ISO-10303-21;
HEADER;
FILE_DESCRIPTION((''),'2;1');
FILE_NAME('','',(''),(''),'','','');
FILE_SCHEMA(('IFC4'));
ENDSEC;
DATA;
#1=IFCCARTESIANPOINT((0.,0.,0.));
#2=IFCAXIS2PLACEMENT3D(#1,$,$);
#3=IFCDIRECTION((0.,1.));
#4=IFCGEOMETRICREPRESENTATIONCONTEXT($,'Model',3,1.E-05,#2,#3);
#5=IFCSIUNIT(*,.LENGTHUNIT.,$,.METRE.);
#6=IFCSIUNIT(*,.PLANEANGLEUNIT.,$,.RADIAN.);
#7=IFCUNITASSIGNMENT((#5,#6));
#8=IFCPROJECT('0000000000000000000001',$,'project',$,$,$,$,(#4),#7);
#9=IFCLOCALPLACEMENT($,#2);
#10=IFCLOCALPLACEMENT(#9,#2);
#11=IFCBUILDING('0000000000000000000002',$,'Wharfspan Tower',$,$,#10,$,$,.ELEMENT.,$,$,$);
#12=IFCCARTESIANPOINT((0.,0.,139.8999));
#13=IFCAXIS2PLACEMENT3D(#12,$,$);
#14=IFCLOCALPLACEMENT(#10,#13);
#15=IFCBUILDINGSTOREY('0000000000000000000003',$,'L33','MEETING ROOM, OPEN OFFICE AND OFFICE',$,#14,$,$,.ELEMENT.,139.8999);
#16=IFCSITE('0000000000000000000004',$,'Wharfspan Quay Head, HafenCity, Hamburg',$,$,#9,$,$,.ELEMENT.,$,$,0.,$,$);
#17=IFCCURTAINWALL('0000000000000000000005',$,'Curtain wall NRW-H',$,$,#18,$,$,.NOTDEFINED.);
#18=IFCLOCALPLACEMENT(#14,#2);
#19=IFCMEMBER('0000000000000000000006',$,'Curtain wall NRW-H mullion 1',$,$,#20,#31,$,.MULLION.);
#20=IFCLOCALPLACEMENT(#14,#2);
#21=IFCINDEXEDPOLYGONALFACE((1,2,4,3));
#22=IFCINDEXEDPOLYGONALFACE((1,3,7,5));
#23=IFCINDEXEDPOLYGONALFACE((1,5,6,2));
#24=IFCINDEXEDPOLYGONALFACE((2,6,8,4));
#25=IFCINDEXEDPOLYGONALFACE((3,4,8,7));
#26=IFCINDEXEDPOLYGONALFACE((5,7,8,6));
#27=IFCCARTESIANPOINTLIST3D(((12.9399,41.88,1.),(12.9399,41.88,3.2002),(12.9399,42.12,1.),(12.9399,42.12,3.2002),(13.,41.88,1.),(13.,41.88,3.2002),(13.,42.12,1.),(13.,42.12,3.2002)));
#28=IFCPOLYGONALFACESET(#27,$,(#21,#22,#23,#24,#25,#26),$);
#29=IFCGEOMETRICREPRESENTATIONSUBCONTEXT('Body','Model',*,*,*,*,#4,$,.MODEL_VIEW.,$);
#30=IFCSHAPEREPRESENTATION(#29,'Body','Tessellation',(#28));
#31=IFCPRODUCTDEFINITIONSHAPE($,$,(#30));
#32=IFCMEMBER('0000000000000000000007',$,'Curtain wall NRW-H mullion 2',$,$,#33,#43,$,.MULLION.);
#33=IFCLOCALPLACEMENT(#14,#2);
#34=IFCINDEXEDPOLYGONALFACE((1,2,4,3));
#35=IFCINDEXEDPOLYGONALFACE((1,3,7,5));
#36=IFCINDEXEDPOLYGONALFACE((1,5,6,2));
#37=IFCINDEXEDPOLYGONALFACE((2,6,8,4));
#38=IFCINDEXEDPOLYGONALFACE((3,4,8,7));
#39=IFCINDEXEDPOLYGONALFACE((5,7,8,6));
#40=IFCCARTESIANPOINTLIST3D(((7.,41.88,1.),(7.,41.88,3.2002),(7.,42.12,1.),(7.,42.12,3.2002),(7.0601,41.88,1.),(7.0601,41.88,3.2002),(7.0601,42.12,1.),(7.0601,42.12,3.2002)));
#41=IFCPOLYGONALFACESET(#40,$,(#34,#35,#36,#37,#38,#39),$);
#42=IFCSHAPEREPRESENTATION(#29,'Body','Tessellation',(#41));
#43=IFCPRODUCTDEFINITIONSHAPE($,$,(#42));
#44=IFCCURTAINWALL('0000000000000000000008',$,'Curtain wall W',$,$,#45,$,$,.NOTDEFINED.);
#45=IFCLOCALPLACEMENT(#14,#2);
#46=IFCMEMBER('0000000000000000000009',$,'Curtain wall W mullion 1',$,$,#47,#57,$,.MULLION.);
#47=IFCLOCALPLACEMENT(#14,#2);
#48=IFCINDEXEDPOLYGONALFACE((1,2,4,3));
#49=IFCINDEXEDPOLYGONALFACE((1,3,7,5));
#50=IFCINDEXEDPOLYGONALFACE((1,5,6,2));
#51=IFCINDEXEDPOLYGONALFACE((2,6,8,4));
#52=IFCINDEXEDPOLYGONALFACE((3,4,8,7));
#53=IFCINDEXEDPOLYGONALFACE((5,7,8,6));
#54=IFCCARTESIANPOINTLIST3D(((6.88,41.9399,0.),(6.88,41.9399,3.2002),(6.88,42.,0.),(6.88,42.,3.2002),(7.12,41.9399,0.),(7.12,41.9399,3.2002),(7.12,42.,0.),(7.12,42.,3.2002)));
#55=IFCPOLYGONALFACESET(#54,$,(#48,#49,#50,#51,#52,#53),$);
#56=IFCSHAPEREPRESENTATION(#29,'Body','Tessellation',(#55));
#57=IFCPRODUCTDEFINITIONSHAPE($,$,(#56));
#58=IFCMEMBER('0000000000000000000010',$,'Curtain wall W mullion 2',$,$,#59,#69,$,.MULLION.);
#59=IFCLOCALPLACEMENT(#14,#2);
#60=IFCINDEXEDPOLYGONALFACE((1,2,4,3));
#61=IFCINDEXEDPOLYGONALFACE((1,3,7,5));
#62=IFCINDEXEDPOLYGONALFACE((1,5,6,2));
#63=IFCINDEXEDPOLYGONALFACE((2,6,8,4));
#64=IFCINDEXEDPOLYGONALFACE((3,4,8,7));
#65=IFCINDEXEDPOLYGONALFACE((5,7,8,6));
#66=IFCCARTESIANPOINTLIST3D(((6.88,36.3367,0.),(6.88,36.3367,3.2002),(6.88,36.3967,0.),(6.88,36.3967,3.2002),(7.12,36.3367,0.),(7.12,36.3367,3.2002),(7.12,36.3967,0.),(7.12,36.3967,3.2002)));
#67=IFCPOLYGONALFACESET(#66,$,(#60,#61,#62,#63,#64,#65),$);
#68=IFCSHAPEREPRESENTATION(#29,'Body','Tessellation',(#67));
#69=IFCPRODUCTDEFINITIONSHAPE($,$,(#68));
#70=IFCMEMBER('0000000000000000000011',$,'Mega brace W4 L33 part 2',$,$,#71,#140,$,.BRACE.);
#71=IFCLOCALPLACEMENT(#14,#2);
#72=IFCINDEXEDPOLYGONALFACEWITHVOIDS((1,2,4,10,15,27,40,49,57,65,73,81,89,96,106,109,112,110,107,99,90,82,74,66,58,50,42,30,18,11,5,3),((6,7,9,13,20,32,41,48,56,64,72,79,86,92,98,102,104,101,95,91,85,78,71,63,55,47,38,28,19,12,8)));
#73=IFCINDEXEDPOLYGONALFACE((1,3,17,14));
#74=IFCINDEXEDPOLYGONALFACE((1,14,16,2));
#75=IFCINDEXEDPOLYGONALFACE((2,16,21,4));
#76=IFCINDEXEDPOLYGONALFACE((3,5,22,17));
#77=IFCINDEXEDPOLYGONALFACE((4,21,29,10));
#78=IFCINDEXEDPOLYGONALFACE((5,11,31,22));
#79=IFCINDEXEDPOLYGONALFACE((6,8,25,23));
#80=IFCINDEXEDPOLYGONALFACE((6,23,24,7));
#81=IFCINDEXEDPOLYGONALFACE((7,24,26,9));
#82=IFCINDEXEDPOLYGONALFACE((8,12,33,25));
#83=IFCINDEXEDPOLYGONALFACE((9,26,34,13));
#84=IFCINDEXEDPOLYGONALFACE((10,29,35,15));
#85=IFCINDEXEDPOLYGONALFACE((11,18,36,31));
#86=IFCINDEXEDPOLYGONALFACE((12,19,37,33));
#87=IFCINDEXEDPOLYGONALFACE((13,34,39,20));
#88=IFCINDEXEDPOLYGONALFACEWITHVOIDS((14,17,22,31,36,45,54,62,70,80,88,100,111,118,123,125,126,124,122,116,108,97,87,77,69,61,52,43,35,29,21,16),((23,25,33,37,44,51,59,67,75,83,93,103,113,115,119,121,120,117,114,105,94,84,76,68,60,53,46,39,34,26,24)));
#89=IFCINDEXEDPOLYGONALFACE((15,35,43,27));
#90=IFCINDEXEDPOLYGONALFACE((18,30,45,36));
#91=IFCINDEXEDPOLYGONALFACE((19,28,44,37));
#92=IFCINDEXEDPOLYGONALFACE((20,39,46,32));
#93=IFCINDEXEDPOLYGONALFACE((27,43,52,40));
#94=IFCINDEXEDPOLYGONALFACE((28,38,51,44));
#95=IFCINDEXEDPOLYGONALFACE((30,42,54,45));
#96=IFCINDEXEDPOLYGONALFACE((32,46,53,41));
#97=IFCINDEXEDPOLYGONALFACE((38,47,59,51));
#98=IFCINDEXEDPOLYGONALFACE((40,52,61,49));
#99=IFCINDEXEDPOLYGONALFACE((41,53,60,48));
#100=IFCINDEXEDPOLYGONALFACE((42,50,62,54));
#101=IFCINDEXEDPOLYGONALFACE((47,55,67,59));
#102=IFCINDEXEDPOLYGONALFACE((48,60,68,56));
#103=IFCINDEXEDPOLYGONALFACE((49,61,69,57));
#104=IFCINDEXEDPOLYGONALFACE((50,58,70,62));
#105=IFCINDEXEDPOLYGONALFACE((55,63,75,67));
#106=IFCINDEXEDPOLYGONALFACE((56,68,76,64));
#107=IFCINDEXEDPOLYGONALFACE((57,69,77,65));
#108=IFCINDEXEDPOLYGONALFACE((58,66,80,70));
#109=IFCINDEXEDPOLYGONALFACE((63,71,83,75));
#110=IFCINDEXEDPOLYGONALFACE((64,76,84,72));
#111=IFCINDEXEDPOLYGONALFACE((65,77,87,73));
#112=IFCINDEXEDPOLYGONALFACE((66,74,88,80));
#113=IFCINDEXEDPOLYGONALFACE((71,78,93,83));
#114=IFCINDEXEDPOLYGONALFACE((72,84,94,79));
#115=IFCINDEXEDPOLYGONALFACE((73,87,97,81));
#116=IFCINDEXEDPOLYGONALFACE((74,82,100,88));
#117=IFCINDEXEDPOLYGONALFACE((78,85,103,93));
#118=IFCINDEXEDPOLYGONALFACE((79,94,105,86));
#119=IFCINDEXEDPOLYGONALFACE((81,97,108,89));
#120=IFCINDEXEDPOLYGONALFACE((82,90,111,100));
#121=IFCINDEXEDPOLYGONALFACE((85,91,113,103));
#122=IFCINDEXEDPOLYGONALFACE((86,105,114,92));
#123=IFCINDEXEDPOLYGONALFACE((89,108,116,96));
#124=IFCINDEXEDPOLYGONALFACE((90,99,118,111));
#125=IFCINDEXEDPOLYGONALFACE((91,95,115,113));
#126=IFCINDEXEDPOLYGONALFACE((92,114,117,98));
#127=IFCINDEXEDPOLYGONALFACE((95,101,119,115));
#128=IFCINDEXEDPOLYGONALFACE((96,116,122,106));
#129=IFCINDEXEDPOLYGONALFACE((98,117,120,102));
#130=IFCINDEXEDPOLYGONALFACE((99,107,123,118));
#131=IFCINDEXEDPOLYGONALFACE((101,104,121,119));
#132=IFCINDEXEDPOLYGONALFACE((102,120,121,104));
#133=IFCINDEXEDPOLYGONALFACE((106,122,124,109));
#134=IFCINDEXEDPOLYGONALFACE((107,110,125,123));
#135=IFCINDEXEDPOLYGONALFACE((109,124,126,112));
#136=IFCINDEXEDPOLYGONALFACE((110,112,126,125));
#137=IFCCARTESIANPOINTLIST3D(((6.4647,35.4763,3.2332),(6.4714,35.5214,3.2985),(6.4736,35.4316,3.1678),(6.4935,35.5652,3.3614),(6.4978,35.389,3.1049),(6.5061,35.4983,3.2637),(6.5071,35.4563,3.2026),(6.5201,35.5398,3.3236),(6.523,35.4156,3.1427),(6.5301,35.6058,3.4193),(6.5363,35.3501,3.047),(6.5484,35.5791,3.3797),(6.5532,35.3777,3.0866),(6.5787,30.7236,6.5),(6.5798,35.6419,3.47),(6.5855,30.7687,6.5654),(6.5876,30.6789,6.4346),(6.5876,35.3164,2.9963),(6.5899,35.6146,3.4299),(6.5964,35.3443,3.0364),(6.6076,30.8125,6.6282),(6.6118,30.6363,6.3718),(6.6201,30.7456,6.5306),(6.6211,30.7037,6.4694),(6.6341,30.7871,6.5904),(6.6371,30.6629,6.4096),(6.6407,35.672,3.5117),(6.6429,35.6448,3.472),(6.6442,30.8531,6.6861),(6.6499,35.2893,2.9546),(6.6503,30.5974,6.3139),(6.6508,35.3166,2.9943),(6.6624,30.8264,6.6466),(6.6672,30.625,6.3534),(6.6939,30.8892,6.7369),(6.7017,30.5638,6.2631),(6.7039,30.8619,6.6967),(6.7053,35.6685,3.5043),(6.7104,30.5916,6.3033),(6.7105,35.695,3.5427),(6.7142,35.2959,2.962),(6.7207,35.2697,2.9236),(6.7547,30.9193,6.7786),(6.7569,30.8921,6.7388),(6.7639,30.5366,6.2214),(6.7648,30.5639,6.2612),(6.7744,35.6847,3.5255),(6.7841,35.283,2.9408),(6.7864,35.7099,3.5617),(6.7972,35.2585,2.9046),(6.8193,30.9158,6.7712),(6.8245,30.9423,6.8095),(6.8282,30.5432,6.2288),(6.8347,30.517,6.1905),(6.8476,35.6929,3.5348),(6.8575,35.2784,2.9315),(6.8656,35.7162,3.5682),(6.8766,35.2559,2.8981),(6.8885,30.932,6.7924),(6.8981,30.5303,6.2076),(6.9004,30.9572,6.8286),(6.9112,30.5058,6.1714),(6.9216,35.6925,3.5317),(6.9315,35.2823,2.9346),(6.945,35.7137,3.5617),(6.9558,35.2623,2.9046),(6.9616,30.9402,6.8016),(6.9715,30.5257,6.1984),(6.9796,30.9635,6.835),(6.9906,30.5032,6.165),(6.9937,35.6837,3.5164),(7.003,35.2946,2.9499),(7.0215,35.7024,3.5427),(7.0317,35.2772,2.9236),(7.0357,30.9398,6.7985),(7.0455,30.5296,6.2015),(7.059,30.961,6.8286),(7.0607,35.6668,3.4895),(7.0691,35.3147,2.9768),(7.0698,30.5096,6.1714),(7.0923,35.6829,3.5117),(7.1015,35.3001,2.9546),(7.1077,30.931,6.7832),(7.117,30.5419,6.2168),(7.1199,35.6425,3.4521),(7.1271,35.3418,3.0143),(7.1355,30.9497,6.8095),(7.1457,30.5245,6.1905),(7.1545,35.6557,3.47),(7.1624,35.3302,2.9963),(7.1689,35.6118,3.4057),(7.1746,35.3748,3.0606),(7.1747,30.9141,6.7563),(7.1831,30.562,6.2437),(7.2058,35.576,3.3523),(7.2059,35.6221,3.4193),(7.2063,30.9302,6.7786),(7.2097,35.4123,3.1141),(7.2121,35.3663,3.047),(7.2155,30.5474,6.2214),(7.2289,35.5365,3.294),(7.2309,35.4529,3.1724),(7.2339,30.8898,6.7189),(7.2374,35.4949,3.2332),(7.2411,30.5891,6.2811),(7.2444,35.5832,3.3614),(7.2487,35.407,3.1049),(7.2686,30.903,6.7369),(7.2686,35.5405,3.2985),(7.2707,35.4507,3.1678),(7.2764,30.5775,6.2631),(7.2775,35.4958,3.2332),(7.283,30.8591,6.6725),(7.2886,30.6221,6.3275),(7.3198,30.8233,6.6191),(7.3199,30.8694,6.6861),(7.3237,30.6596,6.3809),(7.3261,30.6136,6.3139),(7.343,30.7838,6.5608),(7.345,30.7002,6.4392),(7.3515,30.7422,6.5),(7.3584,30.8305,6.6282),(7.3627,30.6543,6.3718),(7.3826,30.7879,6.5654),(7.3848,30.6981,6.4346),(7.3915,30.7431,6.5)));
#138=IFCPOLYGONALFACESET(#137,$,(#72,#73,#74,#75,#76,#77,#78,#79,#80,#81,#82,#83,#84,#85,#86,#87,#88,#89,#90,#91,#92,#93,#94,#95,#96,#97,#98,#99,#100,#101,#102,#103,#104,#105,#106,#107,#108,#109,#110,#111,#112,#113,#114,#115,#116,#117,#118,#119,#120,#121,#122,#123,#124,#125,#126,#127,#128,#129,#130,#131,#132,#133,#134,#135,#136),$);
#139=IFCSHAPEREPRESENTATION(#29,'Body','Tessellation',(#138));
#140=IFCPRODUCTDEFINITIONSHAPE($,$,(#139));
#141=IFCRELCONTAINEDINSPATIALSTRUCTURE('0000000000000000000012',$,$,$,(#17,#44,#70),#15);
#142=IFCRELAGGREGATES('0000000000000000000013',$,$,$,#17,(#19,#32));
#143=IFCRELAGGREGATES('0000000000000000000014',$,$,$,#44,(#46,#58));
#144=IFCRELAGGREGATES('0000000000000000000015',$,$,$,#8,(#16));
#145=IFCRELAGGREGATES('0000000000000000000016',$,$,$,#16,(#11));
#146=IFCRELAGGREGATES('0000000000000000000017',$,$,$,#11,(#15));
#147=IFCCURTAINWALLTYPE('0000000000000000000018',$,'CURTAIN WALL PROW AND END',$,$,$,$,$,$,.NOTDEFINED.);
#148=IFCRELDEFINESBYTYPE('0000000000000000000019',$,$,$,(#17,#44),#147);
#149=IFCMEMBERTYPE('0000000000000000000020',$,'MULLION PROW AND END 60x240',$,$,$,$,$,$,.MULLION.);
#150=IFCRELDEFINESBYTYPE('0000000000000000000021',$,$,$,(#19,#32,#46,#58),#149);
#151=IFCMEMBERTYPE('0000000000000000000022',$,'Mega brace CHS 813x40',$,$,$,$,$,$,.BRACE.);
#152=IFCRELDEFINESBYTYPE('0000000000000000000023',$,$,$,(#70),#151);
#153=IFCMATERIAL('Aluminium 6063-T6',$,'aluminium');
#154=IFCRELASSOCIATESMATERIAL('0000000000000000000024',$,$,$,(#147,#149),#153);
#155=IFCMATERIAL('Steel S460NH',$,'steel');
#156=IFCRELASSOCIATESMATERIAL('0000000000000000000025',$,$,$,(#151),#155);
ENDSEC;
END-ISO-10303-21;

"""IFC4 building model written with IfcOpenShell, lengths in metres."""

from ifc_helpers import new_model, si_unit, direction, frame, origin, origin_2d, place, context, subcontext, project, spatial, rectangle, hollow_circle, extrude, material, material_profile, profile_set, type_object, element, aggregate, save


model = new_model("IFC4")

# Units and contexts
model_context = context("Model", 3, precision=1e-05, world=origin(), true_north=direction((0.0, 1.0)))
body_context = subcontext(model_context, "Body", "Model", "MODEL_VIEW")
ifc_project = project(units=[si_unit("LENGTHUNIT", "METRE"), si_unit("PLANEANGLEUNIT", "RADIAN")], contexts=[model_context])

# Site, building, storey
site_placement = place(None, origin())
site = spatial("IfcSite", under=ifc_project, at=site_placement, Name="Wharfspan Quay Head, HafenCity, Hamburg", CompositionType="ELEMENT", RefElevation=0.0)
building_placement = place(site_placement, origin())
building = spatial("IfcBuilding", under=site, at=building_placement, Name="Wharfspan Tower", CompositionType="ELEMENT")
storey_placement = place(building_placement, frame((0.0, 0.0, 139.8999)))
storey = spatial("IfcBuildingStorey", under=building, at=storey_placement, Name="L33", Description="MEETING ROOM, OPEN OFFICE AND OFFICE", CompositionType="ELEMENT", Elevation=139.8999)

# Curtain walls, members
ifc_material_1 = material(Name="Aluminium 6063-T6", Category="aluminium")
curtain_wall_type = type_object("IfcCurtainWallType", Name="CURTAIN WALL PROW AND END", PredefinedType="NOTDEFINED", material=ifc_material_1)
ifc_material_profile_1 = material_profile(ifc_material_1, rectangle(XDim=0.24, YDim=0.0601, at=origin_2d()))
ifc_profile_set_1 = profile_set([ifc_material_profile_1], Name="Aluminium 6063-T6")
member_type_1 = type_object("IfcMemberType", Name="MULLION PROW AND END 60x240", PredefinedType="MULLION", material=ifc_profile_set_1)
curtain_wall_1_placement = place(storey_placement, origin())
curtain_wall_1 = element("IfcCurtainWall", 1, at=curtain_wall_1_placement, inside=storey, type_object=curtain_wall_type, Name="Curtain wall NRW-H", PredefinedType="NOTDEFINED")
member_1_placement = place(storey_placement, frame((12.97, 42.0, 1.0), z_axis=(0.0, 0.0, 1.0), x_axis=(0.0, -1.0, 0.0)))
member_1 = element("IfcMember", 2, at=member_1_placement, type_object=member_type_1, Name="Curtain wall NRW-H mullion 1", PredefinedType="MULLION", context=body_context, shape_type="SweptSolid", body=[
    extrude(rectangle(XDim=0.24, YDim=0.0601, at=origin_2d()), origin(), (0.0, 0.0, 1.0), 2.2002),
])
member_2_placement = place(storey_placement, frame((7.03, 42.0, 1.0), z_axis=(0.0, 0.0, 1.0), x_axis=(0.0, -1.0, 0.0)))
member_2 = element("IfcMember", 3, at=member_2_placement, type_object=member_type_1, Name="Curtain wall NRW-H mullion 2", PredefinedType="MULLION", context=body_context, shape_type="SweptSolid", body=[
    extrude(rectangle(XDim=0.24, YDim=0.0601, at=origin_2d()), origin(), (0.0, 0.0, 1.0), 2.2002),
])
curtain_wall_2_placement = place(storey_placement, origin())
curtain_wall_2 = element("IfcCurtainWall", 4, at=curtain_wall_2_placement, inside=storey, type_object=curtain_wall_type, Name="Curtain wall W", PredefinedType="NOTDEFINED")
member_3_placement = place(storey_placement, frame((7.0, 41.97, 0.0), z_axis=(0.0, 0.0, 1.0), x_axis=(1.0, 0.0, 0.0)))
member_3 = element("IfcMember", 5, at=member_3_placement, type_object=member_type_1, Name="Curtain wall W mullion 1", PredefinedType="MULLION", context=body_context, shape_type="SweptSolid", body=[
    extrude(rectangle(XDim=0.24, YDim=0.0601, at=origin_2d()), origin(), (0.0, 0.0, 1.0), 3.2002),
])
member_4_placement = place(storey_placement, frame((7.0, 36.3667, 0.0), z_axis=(0.0, 0.0, 1.0), x_axis=(1.0, 0.0, 0.0)))
member_4 = element("IfcMember", 6, at=member_4_placement, type_object=member_type_1, Name="Curtain wall W mullion 2", PredefinedType="MULLION", context=body_context, shape_type="SweptSolid", body=[
    extrude(rectangle(XDim=0.24, YDim=0.0601, at=origin_2d()), origin(), (0.0, 0.0, 1.0), 3.2002),
])

# Member
ifc_material_2 = material(Name="Steel S460NH", Category="steel")
ifc_material_profile_2 = material_profile(ifc_material_2, hollow_circle(Radius=0.4065, WallThickness=0.04, at=origin_2d()))
ifc_profile_set_2 = profile_set([ifc_material_profile_2], Name="Steel S460NH")
member_type_2 = type_object("IfcMemberType", Name="Mega brace CHS 813x40", PredefinedType="BRACE", material=ifc_profile_set_2)
member_5_placement = place(storey_placement, frame((6.8711, 35.4861, 3.2332), z_axis=(0.019766, -0.823932, 0.566344), x_axis=(0.999712, 0.023985, 0.000003)))
element("IfcMember", 7, at=member_5_placement, inside=storey, type_object=member_type_2, Name="Mega brace W4 L33 part 2", PredefinedType="BRACE", context=body_context, shape_type="SweptSolid", body=[
    extrude(hollow_circle(Radius=0.4065, WallThickness=0.04, at=origin_2d()), origin(), (0.0, 0.0, 1.0), 5.7683),
])

aggregate(curtain_wall_1, [member_1, member_2])
aggregate(curtain_wall_2, [member_3, member_4])

save(model, "model.ifc")
